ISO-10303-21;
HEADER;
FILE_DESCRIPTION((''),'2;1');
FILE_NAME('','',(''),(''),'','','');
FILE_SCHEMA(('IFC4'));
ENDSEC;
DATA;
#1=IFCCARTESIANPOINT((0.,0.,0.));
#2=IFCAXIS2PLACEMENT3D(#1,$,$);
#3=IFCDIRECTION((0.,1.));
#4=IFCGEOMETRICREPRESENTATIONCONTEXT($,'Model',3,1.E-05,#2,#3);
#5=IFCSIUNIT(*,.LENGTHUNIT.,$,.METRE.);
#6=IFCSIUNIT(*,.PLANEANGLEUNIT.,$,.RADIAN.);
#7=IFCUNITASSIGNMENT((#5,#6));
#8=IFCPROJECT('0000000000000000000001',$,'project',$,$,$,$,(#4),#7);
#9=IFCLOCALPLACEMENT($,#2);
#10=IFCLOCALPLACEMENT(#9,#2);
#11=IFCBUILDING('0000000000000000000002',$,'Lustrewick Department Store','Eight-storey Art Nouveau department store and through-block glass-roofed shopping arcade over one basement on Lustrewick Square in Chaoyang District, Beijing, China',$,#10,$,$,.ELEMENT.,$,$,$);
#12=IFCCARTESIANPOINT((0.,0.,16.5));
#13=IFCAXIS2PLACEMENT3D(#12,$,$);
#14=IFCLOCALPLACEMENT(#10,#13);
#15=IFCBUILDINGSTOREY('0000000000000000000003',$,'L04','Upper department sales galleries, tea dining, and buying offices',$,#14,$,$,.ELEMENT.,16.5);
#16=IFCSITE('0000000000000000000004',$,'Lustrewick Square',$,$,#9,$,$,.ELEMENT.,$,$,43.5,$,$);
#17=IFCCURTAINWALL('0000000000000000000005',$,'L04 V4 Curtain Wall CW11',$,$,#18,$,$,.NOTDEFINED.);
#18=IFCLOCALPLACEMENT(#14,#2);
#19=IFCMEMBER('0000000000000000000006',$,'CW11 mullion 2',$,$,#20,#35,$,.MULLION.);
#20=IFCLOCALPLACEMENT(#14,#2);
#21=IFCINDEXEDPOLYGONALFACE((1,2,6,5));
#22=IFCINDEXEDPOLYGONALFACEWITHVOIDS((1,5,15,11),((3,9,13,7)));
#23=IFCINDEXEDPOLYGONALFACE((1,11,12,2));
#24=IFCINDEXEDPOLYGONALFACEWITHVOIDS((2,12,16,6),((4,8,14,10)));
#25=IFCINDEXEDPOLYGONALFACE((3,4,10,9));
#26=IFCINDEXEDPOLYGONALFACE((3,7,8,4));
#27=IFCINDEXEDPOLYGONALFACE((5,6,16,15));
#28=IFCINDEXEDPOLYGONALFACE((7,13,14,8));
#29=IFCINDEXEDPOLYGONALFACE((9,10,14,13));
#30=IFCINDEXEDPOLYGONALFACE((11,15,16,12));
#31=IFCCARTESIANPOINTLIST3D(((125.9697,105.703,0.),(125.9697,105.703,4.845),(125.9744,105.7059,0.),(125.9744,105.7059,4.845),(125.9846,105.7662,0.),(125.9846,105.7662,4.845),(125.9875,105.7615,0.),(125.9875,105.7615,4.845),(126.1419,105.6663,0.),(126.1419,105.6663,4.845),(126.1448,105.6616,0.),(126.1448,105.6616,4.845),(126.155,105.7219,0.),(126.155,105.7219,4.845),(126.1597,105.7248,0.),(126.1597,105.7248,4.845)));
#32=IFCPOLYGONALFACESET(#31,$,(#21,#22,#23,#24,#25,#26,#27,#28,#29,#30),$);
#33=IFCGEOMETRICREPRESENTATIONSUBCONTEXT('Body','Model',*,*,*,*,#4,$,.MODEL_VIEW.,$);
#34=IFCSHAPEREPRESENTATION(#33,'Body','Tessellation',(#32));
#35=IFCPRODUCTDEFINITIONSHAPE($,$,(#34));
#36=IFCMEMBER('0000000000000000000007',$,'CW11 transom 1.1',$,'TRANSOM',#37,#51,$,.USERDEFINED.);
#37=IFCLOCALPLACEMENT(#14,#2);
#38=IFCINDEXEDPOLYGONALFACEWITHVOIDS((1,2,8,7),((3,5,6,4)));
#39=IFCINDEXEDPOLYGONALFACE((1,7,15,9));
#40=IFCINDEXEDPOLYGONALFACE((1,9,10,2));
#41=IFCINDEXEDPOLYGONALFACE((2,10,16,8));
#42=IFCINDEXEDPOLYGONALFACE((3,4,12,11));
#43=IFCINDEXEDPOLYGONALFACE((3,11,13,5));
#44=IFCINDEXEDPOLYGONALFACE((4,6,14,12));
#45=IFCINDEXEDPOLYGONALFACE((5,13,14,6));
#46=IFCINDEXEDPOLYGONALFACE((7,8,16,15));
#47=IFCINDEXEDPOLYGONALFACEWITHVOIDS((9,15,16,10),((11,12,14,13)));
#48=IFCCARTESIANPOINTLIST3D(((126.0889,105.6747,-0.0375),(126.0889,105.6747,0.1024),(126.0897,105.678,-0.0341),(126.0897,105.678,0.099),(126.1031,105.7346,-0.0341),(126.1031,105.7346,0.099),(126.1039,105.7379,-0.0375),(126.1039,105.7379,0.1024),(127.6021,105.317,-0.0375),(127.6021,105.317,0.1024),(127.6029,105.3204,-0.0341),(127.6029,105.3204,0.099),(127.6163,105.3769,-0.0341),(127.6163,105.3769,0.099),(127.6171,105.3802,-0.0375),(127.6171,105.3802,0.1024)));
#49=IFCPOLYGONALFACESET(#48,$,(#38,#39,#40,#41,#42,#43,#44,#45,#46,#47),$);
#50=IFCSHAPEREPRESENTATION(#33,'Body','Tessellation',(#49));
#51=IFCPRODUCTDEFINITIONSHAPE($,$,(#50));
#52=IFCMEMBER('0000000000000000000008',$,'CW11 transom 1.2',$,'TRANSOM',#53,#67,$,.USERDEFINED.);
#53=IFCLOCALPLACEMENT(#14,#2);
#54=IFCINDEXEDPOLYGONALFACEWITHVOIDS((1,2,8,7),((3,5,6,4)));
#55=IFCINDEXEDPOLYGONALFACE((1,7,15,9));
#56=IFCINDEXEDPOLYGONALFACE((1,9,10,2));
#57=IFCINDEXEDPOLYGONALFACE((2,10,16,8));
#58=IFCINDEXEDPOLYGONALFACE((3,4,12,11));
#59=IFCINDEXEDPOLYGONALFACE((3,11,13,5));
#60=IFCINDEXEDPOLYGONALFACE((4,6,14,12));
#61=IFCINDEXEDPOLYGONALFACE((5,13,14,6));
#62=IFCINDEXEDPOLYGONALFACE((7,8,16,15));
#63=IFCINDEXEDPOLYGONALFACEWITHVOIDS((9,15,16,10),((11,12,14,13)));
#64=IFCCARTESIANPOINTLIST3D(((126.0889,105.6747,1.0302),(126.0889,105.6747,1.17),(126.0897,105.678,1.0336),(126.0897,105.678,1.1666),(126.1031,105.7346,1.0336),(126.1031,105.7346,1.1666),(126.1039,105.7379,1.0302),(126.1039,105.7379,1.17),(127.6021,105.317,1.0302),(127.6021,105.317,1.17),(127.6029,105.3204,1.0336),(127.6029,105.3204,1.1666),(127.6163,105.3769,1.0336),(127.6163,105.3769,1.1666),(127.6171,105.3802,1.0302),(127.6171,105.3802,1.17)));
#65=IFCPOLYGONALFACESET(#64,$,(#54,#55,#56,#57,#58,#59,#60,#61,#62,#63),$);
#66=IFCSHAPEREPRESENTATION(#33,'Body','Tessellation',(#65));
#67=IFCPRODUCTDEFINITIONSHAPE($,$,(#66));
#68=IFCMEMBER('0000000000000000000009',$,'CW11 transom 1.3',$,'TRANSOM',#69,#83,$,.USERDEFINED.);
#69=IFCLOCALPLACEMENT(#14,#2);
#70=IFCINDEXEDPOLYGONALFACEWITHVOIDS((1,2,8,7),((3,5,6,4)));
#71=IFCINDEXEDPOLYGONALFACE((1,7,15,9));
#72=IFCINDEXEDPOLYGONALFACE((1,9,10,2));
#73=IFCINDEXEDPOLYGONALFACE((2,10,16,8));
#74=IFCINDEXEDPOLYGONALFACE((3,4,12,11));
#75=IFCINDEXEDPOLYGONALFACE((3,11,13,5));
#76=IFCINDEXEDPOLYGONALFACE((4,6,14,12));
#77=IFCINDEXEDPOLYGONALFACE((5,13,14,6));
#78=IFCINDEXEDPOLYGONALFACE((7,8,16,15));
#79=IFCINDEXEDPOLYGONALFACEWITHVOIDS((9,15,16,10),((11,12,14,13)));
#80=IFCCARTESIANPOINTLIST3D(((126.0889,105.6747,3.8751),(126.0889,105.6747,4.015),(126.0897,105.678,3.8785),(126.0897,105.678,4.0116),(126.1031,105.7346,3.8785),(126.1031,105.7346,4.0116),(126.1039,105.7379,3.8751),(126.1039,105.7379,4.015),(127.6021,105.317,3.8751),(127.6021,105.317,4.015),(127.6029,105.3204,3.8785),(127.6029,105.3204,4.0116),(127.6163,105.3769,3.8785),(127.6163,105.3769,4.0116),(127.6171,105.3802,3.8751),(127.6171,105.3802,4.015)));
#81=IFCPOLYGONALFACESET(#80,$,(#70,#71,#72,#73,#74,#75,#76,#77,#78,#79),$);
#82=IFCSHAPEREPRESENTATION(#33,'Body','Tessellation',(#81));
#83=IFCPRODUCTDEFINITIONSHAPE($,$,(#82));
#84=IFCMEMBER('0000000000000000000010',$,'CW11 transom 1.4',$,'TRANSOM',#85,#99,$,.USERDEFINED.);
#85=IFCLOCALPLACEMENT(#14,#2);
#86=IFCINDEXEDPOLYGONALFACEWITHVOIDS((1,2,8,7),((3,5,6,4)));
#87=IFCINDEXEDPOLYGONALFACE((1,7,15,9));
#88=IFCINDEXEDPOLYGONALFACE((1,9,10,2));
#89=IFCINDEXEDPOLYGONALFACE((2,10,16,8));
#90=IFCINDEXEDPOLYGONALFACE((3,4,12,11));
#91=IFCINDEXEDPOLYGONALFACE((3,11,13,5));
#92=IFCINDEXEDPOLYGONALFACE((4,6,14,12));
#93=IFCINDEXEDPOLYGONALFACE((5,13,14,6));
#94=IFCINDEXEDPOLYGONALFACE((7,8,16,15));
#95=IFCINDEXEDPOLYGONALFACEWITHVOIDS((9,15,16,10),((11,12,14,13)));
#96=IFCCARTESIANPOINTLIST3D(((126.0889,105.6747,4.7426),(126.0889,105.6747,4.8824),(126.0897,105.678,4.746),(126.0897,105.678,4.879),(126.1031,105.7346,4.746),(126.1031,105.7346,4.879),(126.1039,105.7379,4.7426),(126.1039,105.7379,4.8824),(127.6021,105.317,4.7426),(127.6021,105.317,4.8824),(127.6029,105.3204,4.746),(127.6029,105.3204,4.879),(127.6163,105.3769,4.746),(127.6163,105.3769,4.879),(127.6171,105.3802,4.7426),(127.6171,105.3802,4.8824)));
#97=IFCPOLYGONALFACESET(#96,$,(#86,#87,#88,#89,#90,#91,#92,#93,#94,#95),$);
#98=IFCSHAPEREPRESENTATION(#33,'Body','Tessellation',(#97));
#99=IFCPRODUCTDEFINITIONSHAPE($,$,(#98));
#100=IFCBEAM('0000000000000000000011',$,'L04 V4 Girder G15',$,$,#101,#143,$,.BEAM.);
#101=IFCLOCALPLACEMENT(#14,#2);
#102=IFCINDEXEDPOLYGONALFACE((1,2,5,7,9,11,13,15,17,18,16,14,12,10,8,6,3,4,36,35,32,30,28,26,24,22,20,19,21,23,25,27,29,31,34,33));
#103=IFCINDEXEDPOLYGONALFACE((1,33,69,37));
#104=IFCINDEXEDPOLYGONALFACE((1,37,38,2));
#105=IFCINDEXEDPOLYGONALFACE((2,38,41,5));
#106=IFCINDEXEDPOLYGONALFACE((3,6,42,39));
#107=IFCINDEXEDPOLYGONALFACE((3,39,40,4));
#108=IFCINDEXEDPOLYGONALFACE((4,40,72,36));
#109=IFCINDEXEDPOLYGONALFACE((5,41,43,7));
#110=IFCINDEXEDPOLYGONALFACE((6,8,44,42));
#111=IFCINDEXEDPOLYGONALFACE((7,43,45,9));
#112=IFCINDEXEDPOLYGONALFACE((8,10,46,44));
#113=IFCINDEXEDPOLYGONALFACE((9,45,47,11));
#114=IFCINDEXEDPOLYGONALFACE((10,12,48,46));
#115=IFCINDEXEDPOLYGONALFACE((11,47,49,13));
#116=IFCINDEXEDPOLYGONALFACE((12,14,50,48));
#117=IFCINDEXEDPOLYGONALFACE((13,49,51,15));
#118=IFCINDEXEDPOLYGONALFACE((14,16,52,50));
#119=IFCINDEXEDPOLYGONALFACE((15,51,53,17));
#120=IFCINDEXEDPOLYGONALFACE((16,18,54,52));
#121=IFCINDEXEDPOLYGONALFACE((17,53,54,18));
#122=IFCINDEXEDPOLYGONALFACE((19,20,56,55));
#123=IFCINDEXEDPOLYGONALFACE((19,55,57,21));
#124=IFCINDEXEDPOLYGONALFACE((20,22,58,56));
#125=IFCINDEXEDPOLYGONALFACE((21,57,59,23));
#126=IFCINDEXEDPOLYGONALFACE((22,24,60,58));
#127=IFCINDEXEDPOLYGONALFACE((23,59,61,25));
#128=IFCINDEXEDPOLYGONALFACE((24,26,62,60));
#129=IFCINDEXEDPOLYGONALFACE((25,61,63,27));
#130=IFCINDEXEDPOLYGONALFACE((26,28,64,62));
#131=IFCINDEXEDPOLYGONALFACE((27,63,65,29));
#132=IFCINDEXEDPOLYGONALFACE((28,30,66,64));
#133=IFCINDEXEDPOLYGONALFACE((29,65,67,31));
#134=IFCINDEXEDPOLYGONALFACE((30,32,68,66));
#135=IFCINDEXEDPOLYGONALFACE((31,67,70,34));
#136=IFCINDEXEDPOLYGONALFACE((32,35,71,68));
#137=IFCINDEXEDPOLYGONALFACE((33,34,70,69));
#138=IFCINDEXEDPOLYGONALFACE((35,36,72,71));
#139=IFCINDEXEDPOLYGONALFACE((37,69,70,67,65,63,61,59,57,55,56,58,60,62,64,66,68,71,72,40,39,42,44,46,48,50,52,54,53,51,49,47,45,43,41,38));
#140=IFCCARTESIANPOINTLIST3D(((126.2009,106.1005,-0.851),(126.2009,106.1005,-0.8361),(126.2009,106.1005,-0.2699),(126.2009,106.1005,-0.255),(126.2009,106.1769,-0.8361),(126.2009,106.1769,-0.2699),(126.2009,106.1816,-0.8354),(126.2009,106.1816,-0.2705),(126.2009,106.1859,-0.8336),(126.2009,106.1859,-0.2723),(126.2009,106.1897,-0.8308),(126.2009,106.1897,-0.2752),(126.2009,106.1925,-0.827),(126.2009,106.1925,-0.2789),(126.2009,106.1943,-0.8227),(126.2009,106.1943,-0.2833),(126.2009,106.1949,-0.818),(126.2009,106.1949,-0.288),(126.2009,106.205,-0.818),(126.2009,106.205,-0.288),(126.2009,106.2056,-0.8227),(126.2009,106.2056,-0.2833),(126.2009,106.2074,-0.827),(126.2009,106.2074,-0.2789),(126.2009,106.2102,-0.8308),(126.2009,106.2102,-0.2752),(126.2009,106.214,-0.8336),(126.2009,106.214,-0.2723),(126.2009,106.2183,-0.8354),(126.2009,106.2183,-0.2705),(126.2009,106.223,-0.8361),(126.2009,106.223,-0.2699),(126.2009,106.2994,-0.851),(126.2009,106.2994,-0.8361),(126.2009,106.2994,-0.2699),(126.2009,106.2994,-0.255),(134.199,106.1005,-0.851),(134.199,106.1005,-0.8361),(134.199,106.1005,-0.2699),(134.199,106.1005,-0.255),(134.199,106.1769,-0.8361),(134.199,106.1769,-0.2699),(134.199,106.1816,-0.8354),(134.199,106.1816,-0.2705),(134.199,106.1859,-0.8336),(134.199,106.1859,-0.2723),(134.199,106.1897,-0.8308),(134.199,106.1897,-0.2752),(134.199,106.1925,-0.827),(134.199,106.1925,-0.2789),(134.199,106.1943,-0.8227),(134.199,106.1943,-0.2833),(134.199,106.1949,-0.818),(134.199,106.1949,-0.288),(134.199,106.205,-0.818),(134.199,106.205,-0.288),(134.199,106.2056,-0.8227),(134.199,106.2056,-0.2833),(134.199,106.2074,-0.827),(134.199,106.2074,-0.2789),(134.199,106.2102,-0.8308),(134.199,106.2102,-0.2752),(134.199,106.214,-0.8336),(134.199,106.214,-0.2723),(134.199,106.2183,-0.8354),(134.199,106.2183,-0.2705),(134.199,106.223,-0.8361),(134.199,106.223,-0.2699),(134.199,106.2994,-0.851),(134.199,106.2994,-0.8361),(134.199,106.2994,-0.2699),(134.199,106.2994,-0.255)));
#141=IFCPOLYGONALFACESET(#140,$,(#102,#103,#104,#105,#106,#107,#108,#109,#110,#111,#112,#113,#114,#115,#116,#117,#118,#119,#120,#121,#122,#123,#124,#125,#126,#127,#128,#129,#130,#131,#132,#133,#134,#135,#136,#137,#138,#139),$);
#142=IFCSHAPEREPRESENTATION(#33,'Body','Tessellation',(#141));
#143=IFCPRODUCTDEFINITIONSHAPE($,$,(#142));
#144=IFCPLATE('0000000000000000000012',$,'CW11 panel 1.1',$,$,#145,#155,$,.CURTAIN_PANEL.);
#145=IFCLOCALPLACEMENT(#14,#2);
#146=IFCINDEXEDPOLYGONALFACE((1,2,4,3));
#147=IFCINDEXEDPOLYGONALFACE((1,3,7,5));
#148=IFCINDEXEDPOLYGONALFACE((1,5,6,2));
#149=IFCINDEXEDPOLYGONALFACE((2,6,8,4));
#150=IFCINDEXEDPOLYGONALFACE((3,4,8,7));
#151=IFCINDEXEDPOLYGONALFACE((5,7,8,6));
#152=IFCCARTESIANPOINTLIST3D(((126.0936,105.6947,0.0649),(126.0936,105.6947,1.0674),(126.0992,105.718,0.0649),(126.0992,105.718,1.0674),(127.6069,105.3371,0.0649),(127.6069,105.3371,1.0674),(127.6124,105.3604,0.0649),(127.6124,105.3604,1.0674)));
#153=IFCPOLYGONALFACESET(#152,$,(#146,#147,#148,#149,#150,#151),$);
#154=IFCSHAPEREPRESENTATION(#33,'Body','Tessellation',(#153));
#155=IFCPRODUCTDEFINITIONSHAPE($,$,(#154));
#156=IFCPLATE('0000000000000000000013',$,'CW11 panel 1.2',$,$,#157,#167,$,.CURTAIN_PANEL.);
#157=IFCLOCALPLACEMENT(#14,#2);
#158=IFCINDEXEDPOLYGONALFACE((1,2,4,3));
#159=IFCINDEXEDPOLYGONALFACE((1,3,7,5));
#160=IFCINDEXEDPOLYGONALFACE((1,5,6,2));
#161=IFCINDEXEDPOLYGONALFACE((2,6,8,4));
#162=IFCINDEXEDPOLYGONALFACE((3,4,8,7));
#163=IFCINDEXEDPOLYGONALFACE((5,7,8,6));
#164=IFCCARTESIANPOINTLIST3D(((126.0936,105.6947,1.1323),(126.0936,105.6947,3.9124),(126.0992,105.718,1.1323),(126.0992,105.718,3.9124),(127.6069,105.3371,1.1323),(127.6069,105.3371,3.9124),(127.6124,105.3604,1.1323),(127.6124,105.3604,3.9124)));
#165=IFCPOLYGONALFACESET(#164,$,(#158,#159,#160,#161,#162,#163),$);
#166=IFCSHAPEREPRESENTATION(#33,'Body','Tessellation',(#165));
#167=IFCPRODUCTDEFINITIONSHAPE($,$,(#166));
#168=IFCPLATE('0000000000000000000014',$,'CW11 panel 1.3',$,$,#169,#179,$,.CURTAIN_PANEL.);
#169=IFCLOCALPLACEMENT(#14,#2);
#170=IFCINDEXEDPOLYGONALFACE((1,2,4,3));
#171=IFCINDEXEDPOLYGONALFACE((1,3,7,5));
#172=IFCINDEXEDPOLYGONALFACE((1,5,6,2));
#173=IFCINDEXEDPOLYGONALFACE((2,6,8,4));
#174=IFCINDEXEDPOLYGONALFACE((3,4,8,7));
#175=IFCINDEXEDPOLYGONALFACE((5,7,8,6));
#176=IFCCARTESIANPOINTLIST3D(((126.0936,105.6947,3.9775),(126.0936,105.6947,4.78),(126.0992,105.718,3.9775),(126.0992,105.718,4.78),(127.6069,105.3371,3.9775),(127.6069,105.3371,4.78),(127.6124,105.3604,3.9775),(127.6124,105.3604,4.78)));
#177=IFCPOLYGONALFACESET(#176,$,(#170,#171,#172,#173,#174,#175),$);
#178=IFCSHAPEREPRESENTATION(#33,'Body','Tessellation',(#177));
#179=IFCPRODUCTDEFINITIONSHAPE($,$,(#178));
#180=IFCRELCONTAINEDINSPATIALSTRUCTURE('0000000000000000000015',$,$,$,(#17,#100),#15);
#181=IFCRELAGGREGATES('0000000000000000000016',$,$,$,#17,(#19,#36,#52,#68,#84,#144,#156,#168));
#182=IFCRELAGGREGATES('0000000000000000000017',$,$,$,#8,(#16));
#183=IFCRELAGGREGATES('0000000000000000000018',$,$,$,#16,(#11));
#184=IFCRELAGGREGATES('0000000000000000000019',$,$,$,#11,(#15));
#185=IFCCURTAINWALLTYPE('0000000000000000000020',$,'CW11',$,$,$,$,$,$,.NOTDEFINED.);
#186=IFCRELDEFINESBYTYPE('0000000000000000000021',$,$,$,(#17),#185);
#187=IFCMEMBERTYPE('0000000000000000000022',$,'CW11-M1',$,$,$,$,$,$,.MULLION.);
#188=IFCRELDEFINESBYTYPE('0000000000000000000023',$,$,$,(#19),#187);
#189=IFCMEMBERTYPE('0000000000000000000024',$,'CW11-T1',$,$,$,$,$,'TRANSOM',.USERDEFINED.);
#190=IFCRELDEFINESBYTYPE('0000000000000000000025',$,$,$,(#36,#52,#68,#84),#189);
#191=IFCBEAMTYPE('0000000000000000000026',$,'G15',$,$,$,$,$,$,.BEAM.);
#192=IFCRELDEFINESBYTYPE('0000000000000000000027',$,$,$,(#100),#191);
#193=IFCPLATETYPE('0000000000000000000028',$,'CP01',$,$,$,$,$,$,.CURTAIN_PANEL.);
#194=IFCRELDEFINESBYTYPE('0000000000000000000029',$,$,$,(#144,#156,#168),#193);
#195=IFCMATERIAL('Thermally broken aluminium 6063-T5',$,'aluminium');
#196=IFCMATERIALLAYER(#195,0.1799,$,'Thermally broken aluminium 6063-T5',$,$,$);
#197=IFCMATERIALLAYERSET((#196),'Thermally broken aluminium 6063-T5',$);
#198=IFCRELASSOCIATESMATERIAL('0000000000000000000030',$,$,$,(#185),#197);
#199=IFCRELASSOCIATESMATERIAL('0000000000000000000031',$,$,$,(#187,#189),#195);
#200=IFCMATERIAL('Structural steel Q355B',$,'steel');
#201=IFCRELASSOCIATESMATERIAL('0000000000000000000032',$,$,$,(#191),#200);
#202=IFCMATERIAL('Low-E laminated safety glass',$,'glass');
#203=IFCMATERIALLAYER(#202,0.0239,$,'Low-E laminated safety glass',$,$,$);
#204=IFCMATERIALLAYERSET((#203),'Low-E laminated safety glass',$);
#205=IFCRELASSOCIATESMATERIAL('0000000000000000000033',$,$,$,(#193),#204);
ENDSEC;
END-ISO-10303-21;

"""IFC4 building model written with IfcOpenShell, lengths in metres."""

from ifc_helpers import new_model, si_unit, direction, frame, origin, origin_2d, place, context, subcontext, project, spatial, rectangle, hollow_rectangle, i_section, extrude, material, layer, layer_set, material_profile, profile_set, type_object, element, aggregate, save


model = new_model("IFC4")

# Units and contexts
model_context = context("Model", 3, precision=1e-05, world=origin(), true_north=direction((0.0, 1.0)))
body_context = subcontext(model_context, "Body", "Model", "MODEL_VIEW")
ifc_project = project(units=[si_unit("LENGTHUNIT", "METRE"), si_unit("PLANEANGLEUNIT", "RADIAN")], contexts=[model_context])

# Site, building, storey
site_placement = place(None, origin())
site = spatial("IfcSite", under=ifc_project, at=site_placement, Name="Lustrewick Square", CompositionType="ELEMENT", RefElevation=43.5)
building_placement = place(site_placement, origin())
building = spatial("IfcBuilding", under=site, at=building_placement, Name="Lustrewick Department Store", Description="Eight-storey Art Nouveau department store and through-block glass-roofed shopping arcade over one basement on Lustrewick Square in Chaoyang District, Beijing, China", CompositionType="ELEMENT")
storey_placement = place(building_placement, frame((0.0, 0.0, 16.5)))
storey = spatial("IfcBuildingStorey", under=building, at=storey_placement, Name="L04", Description="Upper department sales galleries, tea dining, and buying offices", CompositionType="ELEMENT", Elevation=16.5)

# Curtain wall, members
ifc_material_1 = material(Name="Thermally broken aluminium 6063-T5", Category="aluminium")
ifc_layer_1 = layer(ifc_material_1, 0.1799, Name="Thermally broken aluminium 6063-T5")
ifc_layer_set_1 = layer_set([ifc_layer_1], Name="Thermally broken aluminium 6063-T5")
curtain_wall_type_1 = type_object("IfcCurtainWallType", Name="CW11", PredefinedType="NOTDEFINED", material=ifc_layer_set_1)
curtain_wall_1_placement = place(storey_placement, origin())
curtain_wall_1 = element("IfcCurtainWall", 1, at=curtain_wall_1_placement, inside=storey, type_object=curtain_wall_type_1, Name="L04 V4 Curtain Wall CW11", PredefinedType="NOTDEFINED")
ifc_material_profile_1 = material_profile(ifc_material_1, hollow_rectangle(XDim=0.0649, YDim=0.1799, WallThickness=0.0039, at=origin_2d()), Name="ALU-M 65x180x4")
ifc_profile_set_1 = profile_set([ifc_material_profile_1], Name="Thermally broken aluminium 6063-T5")
member_type_1 = type_object("IfcMemberType", Name="CW11-M1", PredefinedType="MULLION", material=ifc_profile_set_1)
member_1_placement = place(storey_placement, frame((126.0647, 105.7139, 0.0), z_axis=(0.0, 0.0, 1.0), x_axis=(-0.229975, -0.973196, 0.0)))
member_1 = element("IfcMember", 2, at=member_1_placement, type_object=member_type_1, Name="CW11 mullion 2", PredefinedType="MULLION", context=body_context, shape_type="SweptSolid", body=[
    extrude(hollow_rectangle(XDim=0.0649, YDim=0.1799, WallThickness=0.0039, at=origin_2d()), origin(), (0.0, 0.0, 1.0), 4.845),
])
ifc_material_profile_2 = material_profile(ifc_material_1, hollow_rectangle(XDim=0.0649, YDim=0.1399, WallThickness=0.0034, at=origin_2d()), Name="ALU-T 65x140x3.5")
ifc_profile_set_2 = profile_set([ifc_material_profile_2], Name="Thermally broken aluminium 6063-T5")
member_type_2 = type_object("IfcMemberType", Name="CW11-T1", ElementType="TRANSOM", PredefinedType="USERDEFINED", material=ifc_profile_set_2)
member_2_placement = place(storey_placement, frame((127.6096, 105.3486, 0.0325), z_axis=(-0.973184, 0.230028, 0.0), x_axis=(-0.230028, -0.973184, 0.0)))
member_2 = element("IfcMember", 3, at=member_2_placement, type_object=member_type_2, Name="CW11 transom 1.1", ObjectType="TRANSOM", PredefinedType="USERDEFINED", context=body_context, shape_type="SweptSolid", body=[
    extrude(hollow_rectangle(XDim=0.0649, YDim=0.1399, WallThickness=0.0034, at=origin_2d()), origin(), (0.0, 0.0, 1.0), 1.5549),
])
member_3_placement = place(storey_placement, frame((127.6096, 105.3486, 1.1001), z_axis=(-0.973184, 0.230028, 0.0), x_axis=(-0.230028, -0.973184, 0.0)))
member_3 = element("IfcMember", 4, at=member_3_placement, type_object=member_type_2, Name="CW11 transom 1.2", ObjectType="TRANSOM", PredefinedType="USERDEFINED", context=body_context, shape_type="SweptSolid", body=[
    extrude(hollow_rectangle(XDim=0.0649, YDim=0.1399, WallThickness=0.0034, at=origin_2d()), origin(), (0.0, 0.0, 1.0), 1.5549),
])
member_4_placement = place(storey_placement, frame((127.6096, 105.3486, 3.9451), z_axis=(-0.973184, 0.230028, 0.0), x_axis=(-0.230028, -0.973184, 0.0)))
member_4 = element("IfcMember", 5, at=member_4_placement, type_object=member_type_2, Name="CW11 transom 1.3", ObjectType="TRANSOM", PredefinedType="USERDEFINED", context=body_context, shape_type="SweptSolid", body=[
    extrude(hollow_rectangle(XDim=0.0649, YDim=0.1399, WallThickness=0.0034, at=origin_2d()), origin(), (0.0, 0.0, 1.0), 1.5549),
])
member_5_placement = place(storey_placement, frame((127.6096, 105.3486, 4.8125), z_axis=(-0.973184, 0.230028, 0.0), x_axis=(-0.230028, -0.973184, 0.0)))
member_5 = element("IfcMember", 6, at=member_5_placement, type_object=member_type_2, Name="CW11 transom 1.4", ObjectType="TRANSOM", PredefinedType="USERDEFINED", context=body_context, shape_type="SweptSolid", body=[
    extrude(hollow_rectangle(XDim=0.0649, YDim=0.1399, WallThickness=0.0034, at=origin_2d()), origin(), (0.0, 0.0, 1.0), 1.5549),
])

# Beam
ifc_material_2 = material(Name="Structural steel Q355B", Category="steel")
ifc_material_profile_3 = material_profile(ifc_material_2, i_section(OverallWidth=0.199, OverallDepth=0.5959, WebThickness=0.01, FlangeThickness=0.0149, FilletRadius=0.0181, at=origin_2d()), Name="HN 596x199x10x15")
ifc_profile_set_3 = profile_set([ifc_material_profile_3], Name="Structural steel Q355B")
beam_type = type_object("IfcBeamType", Name="G15", PredefinedType="BEAM", material=ifc_profile_set_3)
beam_placement = place(storey_placement, frame((126.2009, 106.2, -0.553), z_axis=(1.0, 0.0, 0.0), x_axis=(0.0, 1.0, 0.0)))
element("IfcBeam", 7, at=beam_placement, inside=storey, type_object=beam_type, Name="L04 V4 Girder G15", PredefinedType="BEAM", context=body_context, shape_type="SweptSolid", body=[
    extrude(i_section(OverallWidth=0.199, OverallDepth=0.5959, WebThickness=0.01, FlangeThickness=0.0149, FilletRadius=0.0181, at=origin_2d()), origin(), (0.0, 0.0, 1.0), 7.998),
])

# Plates
ifc_material_3 = material(Name="Low-E laminated safety glass", Category="glass")
ifc_layer_2 = layer(ifc_material_3, 0.0239, Name="Low-E laminated safety glass")
ifc_layer_set_2 = layer_set([ifc_layer_2], Name="Low-E laminated safety glass")
plate_type_1 = type_object("IfcPlateType", Name="CP01", PredefinedType="CURTAIN_PANEL", material=ifc_layer_set_2)
plate_1_placement = place(storey_placement, frame((126.853, 105.5276, 0.0649), z_axis=(0.0, 0.0, 1.0), x_axis=(-0.973196, 0.229975, 0.0)))
plate_1 = element("IfcPlate", 8, at=plate_1_placement, type_object=plate_type_1, Name="CW11 panel 1.1", PredefinedType="CURTAIN_PANEL", context=body_context, shape_type="SweptSolid", body=[
    extrude(rectangle(XDim=1.5549, YDim=0.0239, at=origin_2d()), origin(), (0.0, 0.0, 1.0), 1.0024),
])
plate_2_placement = place(storey_placement, frame((126.853, 105.5276, 1.1323), z_axis=(0.0, 0.0, 1.0), x_axis=(-0.973196, 0.229975, 0.0)))
plate_2 = element("IfcPlate", 9, at=plate_2_placement, type_object=plate_type_1, Name="CW11 panel 1.2", PredefinedType="CURTAIN_PANEL", context=body_context, shape_type="SweptSolid", body=[
    extrude(rectangle(XDim=1.5549, YDim=0.0239, at=origin_2d()), origin(), (0.0, 0.0, 1.0), 2.78),
])
plate_3_placement = place(storey_placement, frame((126.853, 105.5276, 3.9775), z_axis=(0.0, 0.0, 1.0), x_axis=(-0.973196, 0.229975, 0.0)))
plate_3 = element("IfcPlate", 10, at=plate_3_placement, type_object=plate_type_1, Name="CW11 panel 1.3", PredefinedType="CURTAIN_PANEL", context=body_context, shape_type="SweptSolid", body=[
    extrude(rectangle(XDim=1.5549, YDim=0.0239, at=origin_2d()), origin(), (0.0, 0.0, 1.0), 0.8025),
])
aggregate(curtain_wall_1, [member_1, member_2, member_3, member_4, member_5, plate_1, plate_2, plate_3])

save(model, "model.ifc")
